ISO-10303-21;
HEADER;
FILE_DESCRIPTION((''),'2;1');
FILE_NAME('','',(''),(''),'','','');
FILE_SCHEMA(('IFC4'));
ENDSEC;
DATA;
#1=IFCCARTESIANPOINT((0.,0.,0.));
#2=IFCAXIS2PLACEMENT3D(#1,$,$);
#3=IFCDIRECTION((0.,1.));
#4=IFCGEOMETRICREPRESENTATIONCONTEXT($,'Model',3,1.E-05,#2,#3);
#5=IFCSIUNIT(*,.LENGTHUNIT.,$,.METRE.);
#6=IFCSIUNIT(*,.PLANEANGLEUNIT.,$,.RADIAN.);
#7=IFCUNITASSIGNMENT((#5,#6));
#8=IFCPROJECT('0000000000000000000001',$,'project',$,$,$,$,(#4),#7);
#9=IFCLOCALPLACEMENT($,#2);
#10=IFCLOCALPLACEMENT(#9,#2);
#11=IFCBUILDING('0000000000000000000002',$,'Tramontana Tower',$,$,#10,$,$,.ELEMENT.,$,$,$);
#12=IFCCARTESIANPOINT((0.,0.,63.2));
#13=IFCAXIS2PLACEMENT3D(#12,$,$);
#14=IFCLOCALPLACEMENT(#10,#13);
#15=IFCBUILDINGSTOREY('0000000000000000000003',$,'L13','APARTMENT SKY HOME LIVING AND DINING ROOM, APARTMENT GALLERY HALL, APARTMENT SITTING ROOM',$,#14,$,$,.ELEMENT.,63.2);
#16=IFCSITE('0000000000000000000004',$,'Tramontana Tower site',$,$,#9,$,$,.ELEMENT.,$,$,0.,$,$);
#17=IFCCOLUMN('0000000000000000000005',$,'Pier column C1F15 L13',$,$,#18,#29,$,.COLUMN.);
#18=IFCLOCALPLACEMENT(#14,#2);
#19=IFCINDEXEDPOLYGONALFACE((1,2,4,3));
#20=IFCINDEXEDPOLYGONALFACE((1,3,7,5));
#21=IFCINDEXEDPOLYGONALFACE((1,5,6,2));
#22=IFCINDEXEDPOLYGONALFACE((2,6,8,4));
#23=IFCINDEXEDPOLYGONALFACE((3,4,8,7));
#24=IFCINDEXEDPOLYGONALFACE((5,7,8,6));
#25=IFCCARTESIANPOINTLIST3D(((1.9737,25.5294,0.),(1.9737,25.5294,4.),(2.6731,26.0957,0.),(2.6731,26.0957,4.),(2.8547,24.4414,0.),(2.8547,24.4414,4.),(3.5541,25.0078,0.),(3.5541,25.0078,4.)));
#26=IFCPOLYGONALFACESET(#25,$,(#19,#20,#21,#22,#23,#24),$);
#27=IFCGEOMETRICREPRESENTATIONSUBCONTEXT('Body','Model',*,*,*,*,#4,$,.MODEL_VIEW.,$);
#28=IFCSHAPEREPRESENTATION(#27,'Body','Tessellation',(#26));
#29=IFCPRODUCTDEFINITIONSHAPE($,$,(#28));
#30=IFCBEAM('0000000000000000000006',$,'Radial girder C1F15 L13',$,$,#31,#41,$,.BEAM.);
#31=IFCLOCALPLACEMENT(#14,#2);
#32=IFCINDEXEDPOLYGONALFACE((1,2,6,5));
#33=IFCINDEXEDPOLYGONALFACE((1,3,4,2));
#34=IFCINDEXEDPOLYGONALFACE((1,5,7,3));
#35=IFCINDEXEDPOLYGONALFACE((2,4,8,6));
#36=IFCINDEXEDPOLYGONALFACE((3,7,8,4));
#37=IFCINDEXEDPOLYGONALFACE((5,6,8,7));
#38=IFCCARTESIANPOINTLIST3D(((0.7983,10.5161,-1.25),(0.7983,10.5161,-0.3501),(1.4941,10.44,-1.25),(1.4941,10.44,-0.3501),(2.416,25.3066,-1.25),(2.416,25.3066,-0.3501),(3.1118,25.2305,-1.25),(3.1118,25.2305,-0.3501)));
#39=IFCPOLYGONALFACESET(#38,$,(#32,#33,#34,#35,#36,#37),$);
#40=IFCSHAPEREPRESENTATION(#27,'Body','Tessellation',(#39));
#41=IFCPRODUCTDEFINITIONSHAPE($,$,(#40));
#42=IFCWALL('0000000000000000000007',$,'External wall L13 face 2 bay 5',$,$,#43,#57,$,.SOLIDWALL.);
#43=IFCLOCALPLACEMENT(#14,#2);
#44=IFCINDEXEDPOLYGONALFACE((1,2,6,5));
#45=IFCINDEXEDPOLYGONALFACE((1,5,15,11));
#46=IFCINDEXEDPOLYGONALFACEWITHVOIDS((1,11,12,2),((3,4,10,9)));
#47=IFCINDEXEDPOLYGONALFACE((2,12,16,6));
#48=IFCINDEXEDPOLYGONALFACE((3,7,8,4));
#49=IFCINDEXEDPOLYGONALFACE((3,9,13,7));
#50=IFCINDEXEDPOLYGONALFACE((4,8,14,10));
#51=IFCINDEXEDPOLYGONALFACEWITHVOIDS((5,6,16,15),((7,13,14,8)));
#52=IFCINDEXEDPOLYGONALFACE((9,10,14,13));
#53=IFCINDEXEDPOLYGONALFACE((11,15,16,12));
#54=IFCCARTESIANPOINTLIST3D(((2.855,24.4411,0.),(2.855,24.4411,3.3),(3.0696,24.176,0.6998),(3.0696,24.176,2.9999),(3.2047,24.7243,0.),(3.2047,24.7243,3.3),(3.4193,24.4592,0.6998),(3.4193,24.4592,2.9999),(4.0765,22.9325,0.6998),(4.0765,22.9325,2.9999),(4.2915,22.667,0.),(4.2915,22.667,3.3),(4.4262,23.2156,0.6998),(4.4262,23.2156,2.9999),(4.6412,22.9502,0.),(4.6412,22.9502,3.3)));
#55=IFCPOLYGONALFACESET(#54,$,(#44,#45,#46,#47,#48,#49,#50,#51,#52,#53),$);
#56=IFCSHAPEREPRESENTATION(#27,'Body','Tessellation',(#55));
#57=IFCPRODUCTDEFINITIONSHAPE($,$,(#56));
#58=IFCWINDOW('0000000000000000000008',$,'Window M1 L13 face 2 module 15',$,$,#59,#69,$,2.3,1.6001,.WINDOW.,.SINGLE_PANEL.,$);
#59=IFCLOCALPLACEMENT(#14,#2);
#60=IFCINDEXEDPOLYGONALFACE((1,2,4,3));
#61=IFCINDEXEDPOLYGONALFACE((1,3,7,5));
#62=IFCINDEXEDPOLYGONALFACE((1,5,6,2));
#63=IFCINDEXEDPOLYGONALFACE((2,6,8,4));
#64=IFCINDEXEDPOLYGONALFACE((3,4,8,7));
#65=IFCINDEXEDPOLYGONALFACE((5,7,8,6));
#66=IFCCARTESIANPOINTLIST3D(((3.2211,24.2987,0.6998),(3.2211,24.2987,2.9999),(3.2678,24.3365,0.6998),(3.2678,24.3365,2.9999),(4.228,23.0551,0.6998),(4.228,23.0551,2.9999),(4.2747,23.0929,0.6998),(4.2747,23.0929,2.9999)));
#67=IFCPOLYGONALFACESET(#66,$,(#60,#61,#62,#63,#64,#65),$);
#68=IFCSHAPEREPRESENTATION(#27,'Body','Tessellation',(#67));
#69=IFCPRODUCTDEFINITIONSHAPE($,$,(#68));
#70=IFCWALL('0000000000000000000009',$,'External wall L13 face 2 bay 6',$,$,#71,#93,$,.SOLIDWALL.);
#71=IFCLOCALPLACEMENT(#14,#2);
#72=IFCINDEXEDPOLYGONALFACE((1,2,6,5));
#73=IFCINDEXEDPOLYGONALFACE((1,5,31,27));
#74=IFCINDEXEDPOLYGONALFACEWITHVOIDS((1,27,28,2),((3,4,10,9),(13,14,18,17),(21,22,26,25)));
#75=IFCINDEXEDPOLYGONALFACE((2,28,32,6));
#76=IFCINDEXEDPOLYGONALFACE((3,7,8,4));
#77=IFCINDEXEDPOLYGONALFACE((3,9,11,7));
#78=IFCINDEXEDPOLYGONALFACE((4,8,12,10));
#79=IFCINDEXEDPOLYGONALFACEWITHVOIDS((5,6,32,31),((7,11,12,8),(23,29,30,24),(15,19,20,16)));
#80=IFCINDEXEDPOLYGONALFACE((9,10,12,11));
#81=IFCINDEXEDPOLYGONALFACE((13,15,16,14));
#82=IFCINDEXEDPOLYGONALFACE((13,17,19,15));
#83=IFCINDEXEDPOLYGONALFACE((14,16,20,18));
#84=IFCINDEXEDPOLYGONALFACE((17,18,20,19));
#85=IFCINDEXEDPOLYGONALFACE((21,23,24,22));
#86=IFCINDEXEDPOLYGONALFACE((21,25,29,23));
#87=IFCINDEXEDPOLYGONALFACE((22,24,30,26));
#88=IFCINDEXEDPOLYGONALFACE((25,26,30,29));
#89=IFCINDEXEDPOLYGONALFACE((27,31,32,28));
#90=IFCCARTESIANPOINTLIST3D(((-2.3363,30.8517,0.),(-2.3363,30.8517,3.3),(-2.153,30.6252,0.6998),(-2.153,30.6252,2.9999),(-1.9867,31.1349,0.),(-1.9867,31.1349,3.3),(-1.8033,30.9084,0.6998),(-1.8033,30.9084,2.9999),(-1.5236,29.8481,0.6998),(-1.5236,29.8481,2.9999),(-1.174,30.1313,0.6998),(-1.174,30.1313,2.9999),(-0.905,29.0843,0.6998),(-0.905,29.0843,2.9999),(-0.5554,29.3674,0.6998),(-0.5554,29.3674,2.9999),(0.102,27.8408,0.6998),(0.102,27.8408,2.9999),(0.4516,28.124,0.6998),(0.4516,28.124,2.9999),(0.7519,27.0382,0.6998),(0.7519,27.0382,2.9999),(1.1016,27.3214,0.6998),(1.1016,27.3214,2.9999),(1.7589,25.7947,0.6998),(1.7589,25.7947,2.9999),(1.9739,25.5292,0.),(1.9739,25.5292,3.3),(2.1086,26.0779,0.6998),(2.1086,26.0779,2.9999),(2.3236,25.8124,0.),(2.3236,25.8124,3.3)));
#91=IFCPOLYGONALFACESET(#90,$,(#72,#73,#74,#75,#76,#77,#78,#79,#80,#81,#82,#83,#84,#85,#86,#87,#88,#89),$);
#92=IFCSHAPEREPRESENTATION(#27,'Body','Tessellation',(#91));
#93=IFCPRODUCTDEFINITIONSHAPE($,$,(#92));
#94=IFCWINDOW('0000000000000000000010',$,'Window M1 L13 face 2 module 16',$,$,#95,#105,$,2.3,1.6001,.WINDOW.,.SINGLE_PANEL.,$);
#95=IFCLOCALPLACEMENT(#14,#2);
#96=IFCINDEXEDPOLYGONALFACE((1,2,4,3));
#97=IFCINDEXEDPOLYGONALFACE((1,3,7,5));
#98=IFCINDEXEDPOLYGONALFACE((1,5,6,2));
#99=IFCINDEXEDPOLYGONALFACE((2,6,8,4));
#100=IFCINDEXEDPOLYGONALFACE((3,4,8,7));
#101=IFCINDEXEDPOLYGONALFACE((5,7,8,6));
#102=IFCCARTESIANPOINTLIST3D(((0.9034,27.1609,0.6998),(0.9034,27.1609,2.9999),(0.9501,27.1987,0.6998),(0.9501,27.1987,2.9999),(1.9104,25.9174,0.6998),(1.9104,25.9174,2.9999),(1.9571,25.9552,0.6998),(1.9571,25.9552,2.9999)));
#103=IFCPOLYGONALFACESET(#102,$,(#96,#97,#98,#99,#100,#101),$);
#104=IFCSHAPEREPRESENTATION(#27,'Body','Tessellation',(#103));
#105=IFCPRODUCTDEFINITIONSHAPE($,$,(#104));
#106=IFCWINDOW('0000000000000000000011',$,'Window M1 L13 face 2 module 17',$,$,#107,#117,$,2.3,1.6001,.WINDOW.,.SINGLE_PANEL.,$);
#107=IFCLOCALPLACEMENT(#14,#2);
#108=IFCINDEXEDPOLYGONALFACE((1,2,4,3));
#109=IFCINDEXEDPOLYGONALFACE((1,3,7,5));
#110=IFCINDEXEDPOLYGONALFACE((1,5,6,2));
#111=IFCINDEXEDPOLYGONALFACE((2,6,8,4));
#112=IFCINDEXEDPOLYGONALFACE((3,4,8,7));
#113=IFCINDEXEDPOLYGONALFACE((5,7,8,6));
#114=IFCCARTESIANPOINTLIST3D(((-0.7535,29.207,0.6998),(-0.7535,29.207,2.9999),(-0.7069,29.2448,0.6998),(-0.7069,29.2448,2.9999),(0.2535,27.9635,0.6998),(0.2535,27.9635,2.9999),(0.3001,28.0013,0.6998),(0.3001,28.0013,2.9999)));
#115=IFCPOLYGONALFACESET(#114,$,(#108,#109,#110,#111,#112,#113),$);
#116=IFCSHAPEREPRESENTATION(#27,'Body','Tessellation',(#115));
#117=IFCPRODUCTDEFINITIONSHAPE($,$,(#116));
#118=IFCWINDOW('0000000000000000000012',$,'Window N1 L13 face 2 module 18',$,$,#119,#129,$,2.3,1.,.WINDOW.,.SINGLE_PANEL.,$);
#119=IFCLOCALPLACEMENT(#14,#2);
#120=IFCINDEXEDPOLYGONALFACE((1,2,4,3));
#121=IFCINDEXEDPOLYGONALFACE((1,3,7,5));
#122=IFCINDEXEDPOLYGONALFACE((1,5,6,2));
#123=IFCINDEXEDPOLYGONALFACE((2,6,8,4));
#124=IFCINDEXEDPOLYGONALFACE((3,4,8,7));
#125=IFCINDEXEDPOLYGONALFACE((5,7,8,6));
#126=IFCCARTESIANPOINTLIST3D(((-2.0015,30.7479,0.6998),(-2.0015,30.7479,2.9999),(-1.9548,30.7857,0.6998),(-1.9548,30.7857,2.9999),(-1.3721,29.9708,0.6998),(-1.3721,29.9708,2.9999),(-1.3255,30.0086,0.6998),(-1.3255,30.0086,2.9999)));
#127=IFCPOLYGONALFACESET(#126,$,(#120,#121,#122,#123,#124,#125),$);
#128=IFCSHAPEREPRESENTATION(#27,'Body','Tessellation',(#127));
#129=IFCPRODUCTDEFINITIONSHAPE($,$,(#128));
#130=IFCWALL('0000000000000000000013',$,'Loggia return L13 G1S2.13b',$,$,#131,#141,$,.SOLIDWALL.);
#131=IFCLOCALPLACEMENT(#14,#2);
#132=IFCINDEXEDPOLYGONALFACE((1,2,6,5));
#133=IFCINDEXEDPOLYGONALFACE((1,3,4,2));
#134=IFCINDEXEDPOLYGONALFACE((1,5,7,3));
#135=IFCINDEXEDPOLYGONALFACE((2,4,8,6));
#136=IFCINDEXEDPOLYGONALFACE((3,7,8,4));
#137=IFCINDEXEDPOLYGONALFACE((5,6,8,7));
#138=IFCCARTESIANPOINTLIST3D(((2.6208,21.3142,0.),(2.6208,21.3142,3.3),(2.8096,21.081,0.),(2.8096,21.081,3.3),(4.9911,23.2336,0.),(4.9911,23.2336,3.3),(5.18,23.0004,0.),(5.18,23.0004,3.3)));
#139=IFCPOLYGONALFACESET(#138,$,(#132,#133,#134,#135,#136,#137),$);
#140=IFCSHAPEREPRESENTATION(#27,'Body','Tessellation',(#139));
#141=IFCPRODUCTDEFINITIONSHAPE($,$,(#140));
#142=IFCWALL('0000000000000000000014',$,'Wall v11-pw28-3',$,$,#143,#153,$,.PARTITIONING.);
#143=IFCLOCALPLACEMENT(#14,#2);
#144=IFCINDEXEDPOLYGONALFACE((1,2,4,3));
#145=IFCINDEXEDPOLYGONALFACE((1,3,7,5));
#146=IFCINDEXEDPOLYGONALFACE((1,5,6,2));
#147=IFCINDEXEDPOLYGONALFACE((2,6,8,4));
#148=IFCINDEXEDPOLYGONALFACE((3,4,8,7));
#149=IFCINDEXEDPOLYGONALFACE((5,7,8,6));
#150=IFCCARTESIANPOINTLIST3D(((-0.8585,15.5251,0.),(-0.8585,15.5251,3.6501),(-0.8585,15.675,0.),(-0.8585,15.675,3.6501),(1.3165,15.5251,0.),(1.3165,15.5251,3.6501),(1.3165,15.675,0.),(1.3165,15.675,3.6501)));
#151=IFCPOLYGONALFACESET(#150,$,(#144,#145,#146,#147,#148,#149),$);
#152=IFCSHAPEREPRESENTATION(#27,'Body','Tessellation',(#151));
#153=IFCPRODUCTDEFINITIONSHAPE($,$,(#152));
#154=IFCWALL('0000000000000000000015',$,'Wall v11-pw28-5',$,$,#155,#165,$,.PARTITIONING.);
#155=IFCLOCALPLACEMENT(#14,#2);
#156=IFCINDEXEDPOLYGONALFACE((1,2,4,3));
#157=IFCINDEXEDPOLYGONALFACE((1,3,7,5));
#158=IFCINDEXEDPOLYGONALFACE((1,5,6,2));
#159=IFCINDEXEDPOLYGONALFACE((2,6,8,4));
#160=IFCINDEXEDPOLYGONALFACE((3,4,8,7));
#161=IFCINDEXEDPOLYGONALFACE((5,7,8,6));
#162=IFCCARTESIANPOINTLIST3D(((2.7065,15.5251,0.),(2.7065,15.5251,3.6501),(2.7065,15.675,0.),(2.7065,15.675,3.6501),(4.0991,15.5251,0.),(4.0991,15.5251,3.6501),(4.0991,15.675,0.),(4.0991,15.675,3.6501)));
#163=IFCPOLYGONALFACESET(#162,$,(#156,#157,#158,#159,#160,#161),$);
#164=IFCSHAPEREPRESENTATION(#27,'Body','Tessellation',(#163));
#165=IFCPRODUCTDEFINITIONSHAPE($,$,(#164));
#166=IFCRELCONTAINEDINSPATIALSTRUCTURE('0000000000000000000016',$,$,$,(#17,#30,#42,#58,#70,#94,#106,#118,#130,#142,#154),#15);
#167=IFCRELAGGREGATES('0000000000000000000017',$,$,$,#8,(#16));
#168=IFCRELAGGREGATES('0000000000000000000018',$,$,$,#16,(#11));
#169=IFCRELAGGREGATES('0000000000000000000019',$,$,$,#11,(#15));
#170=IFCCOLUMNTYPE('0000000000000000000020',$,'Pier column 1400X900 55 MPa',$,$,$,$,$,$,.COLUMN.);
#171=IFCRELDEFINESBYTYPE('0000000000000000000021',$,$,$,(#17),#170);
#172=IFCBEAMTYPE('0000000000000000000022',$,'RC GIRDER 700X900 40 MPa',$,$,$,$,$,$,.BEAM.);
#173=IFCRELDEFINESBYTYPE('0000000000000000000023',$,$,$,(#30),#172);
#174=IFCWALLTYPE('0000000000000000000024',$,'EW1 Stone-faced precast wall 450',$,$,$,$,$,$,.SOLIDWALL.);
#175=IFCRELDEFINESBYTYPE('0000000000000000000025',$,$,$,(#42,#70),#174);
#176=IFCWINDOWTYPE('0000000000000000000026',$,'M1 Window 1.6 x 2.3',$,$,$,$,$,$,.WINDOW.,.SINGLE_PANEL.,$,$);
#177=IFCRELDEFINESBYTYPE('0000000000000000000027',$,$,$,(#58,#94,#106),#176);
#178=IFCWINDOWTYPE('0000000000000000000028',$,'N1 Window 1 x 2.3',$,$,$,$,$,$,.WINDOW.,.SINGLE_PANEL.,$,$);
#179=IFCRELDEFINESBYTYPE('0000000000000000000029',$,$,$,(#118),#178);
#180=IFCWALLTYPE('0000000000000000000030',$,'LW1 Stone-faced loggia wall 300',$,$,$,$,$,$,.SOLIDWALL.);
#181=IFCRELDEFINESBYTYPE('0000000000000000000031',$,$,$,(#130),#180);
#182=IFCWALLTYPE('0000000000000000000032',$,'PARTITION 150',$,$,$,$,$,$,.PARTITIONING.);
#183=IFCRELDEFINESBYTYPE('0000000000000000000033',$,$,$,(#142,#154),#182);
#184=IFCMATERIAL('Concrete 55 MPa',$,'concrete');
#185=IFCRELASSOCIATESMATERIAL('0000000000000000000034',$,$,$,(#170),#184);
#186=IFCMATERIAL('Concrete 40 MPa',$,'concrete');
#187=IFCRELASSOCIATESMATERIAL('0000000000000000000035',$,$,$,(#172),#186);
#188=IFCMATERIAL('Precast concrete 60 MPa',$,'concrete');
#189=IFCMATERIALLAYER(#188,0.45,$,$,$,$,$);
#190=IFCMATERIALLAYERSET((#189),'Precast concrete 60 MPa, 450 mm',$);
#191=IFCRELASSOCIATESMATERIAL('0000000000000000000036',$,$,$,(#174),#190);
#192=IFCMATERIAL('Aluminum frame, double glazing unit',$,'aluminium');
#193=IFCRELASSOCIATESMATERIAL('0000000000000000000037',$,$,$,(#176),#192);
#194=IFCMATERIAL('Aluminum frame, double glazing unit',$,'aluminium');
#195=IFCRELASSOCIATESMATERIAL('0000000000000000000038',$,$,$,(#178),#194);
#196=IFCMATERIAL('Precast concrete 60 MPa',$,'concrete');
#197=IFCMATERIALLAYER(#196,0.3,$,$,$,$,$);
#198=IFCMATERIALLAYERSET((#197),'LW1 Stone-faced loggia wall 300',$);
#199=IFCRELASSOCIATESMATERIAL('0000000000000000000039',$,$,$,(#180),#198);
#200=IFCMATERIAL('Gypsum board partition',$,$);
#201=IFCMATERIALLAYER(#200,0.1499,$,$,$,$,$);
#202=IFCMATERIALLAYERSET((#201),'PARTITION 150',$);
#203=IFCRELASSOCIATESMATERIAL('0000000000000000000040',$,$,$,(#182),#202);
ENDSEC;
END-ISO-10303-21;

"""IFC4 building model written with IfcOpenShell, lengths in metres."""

from ifc_helpers import new_model, si_unit, direction, frame, frame_2d, origin, origin_2d, place, context, subcontext, project, spatial, rectangle, extrude, material, layer, layer_set, material_profile, profile_set, type_object, element, fill, save


model = new_model("IFC4")

# Units and contexts
model_context = context("Model", 3, precision=1e-05, world=origin(), true_north=direction((0.0, 1.0)))
body_context = subcontext(model_context, "Body", "Model", "MODEL_VIEW")
ifc_project = project(units=[si_unit("LENGTHUNIT", "METRE"), si_unit("PLANEANGLEUNIT", "RADIAN")], contexts=[model_context])

# Site, building, storey
site_placement = place(None, origin())
site = spatial("IfcSite", under=ifc_project, at=site_placement, Name="Tramontana Tower site", CompositionType="ELEMENT", RefElevation=0.0)
building_placement = place(site_placement, origin())
building = spatial("IfcBuilding", under=site, at=building_placement, Name="Tramontana Tower", CompositionType="ELEMENT")
storey_placement = place(building_placement, frame((0.0, 0.0, 63.2)))
storey = spatial("IfcBuildingStorey", under=building, at=storey_placement, Name="L13", Description="APARTMENT SKY HOME LIVING AND DINING ROOM, APARTMENT GALLERY HALL, APARTMENT SITTING ROOM", CompositionType="ELEMENT", Elevation=63.2)

# Column
ifc_material_1 = material(Name="Concrete 55 MPa", Category="concrete")
ifc_material_profile_1 = material_profile(ifc_material_1, rectangle(XDim=1.3999, YDim=0.8999, at=origin_2d()), Name="Pier column 1400X900 55 MPa")
ifc_profile_set_1 = profile_set([ifc_material_profile_1], Name="Concrete 55 MPa")
column_type = type_object("IfcColumnType", Name="Pier column 1400X900 55 MPa", PredefinedType="COLUMN", material=ifc_profile_set_1)
column_placement = place(storey_placement, frame((2.7639, 25.2686, 0.0), z_axis=(0.0, 0.0, 1.0), x_axis=(-0.62932, 0.777146, 0.0)))
element("IfcColumn", 1, at=column_placement, inside=storey, type_object=column_type, Name="Pier column C1F15 L13", PredefinedType="COLUMN", context=body_context, shape_type="SweptSolid", body=[
    extrude(rectangle(XDim=1.3999, YDim=0.8999, at=origin_2d()), origin(), (0.0, 0.0, 1.0), 4.0),
])

# Beam
ifc_material_2 = material(Name="Concrete 40 MPa", Category="concrete")
ifc_material_profile_2 = material_profile(ifc_material_2, rectangle(XDim=0.7, YDim=0.8999, at=origin_2d()), Name="RC GIRDER 700X900 40 MPa")
ifc_profile_set_2 = profile_set([ifc_material_profile_2], Name="Concrete 40 MPa")
beam_type = type_object("IfcBeamType", Name="RC GIRDER 700X900 40 MPa", PredefinedType="BEAM", material=ifc_profile_set_2)
beam_placement = place(storey_placement, frame((2.7639, 25.2686, -0.8), z_axis=(-0.108724, -0.994072, 0.0), x_axis=(0.994072, -0.108724, 0.0)))
element("IfcBeam", 2, at=beam_placement, inside=storey, type_object=beam_type, Name="Radial girder C1F15 L13", PredefinedType="BEAM", context=body_context, shape_type="SweptSolid", body=[
    extrude(rectangle(XDim=0.7, YDim=0.8999, at=origin_2d()), origin(), (0.0, 0.0, 1.0), 14.8787),
])

# Wall, opening, window
ifc_material_3 = material(Name="Precast concrete 60 MPa", Category="concrete")
ifc_layer_1 = layer(ifc_material_3, 0.45)
ifc_layer_set_1 = layer_set([ifc_layer_1], Name="Precast concrete 60 MPa, 450 mm")
wall_type_1 = type_object("IfcWallType", Name="EW1 Stone-faced precast wall 450", PredefinedType="SOLIDWALL", material=ifc_layer_set_1)
wall_1_placement = place(storey_placement, frame((4.4663, 22.8086, 0.0), z_axis=(0.0, 0.0, 1.0), x_axis=(-0.629275, 0.777183, 0.0)))
wall_1 = element("IfcWall", 3, at=wall_1_placement, inside=storey, type_object=wall_type_1, Name="External wall L13 face 2 bay 5", PredefinedType="SOLIDWALL", context=body_context, shape_type="SweptSolid", body=[
    extrude(rectangle(XDim=2.2827, YDim=0.45, at=frame_2d((1.1414, 0.0))), origin(), (0.0, 0.0, 1.0), 3.3),
])
opening_1_placement = place(wall_1_placement, frame((0.3416, 0.0, 0.7)))
opening_1 = element("IfcOpeningElement", 4, at=opening_1_placement, cuts=wall_1, PredefinedType="OPENING", context=body_context, shape_type="SweptSolid", body=[
    extrude(rectangle(XDim=1.6001, YDim=2.3, at=frame_2d((0.8, 1.1499))), frame((0.0, 0.2349, 0.0), z_axis=(0.0, -1.0, 0.0), x_axis=(1.0, 0.0, 0.0)), (0.0, 0.0, 1.0), 0.47),
])
ifc_material_4 = material(Name="Aluminum frame, double glazing unit", Category="aluminium")
window_type_1 = type_object("IfcWindowType", Name="M1 Window 1.6 x 2.3", PartitioningType="SINGLE_PANEL", PredefinedType="WINDOW", material=ifc_material_4)
window_1_placement = place(opening_1_placement, origin())
window_1 = element("IfcWindow", 5, at=window_1_placement, inside=storey, type_object=window_type_1, Name="Window M1 L13 face 2 module 15", OverallHeight=2.3, OverallWidth=1.6001, PartitioningType="SINGLE_PANEL", PredefinedType="WINDOW", context=body_context, shape_type="SweptSolid", body=[
    extrude(rectangle(XDim=1.6001, YDim=2.3, at=frame_2d((0.8, 1.1499))), frame((0.0, 0.03, 0.0), z_axis=(0.0, -1.0, 0.0), x_axis=(1.0, 0.0, 0.0)), (0.0, 0.0, 1.0), 0.0601),
])
fill(opening_1, window_1)

# Wall, openings, windows
wall_2_placement = place(storey_placement, frame((2.1487, 25.6709, 0.0), z_axis=(0.0, 0.0, 1.0), x_axis=(-0.62934, 0.77713, 0.0)))
wall_2 = element("IfcWall", 6, at=wall_2_placement, inside=storey, type_object=wall_type_1, Name="External wall L13 face 2 bay 6", PredefinedType="SOLIDWALL", context=body_context, shape_type="SweptSolid", body=[
    extrude(rectangle(XDim=6.8489, YDim=0.45, at=frame_2d((3.4243, 0.0))), origin(), (0.0, 0.0, 1.0), 3.3),
])
opening_2_placement = place(wall_2_placement, frame((0.3416, 0.0, 0.7)))
opening_2 = element("IfcOpeningElement", 7, at=opening_2_placement, cuts=wall_2, PredefinedType="OPENING", context=body_context, shape_type="SweptSolid", body=[
    extrude(rectangle(XDim=1.6001, YDim=2.3, at=frame_2d((0.8, 1.1499))), frame((0.0, 0.2349, 0.0), z_axis=(0.0, -1.0, 0.0), x_axis=(1.0, 0.0, 0.0)), (0.0, 0.0, 1.0), 0.47),
])
opening_3_placement = place(wall_2_placement, frame((2.9744, 0.0, 0.7)))
opening_3 = element("IfcOpeningElement", 8, at=opening_3_placement, cuts=wall_2, PredefinedType="OPENING", context=body_context, shape_type="SweptSolid", body=[
    extrude(rectangle(XDim=1.6001, YDim=2.3, at=frame_2d((0.8, 1.1499))), frame((0.0, 0.2349, 0.0), z_axis=(0.0, -1.0, 0.0), x_axis=(1.0, 0.0, 0.0)), (0.0, 0.0, 1.0), 0.47),
])
opening_4_placement = place(wall_2_placement, frame((5.5574, 0.0, 0.7)))
opening_4 = element("IfcOpeningElement", 9, at=opening_4_placement, cuts=wall_2, PredefinedType="OPENING", context=body_context, shape_type="SweptSolid", body=[
    extrude(rectangle(XDim=1.0, YDim=2.3, at=frame_2d((0.5, 1.1499))), frame((0.0, 0.2349, 0.0), z_axis=(0.0, -1.0, 0.0), x_axis=(1.0, 0.0, 0.0)), (0.0, 0.0, 1.0), 0.47),
])
window_2_placement = place(opening_2_placement, origin())
window_2 = element("IfcWindow", 10, at=window_2_placement, inside=storey, type_object=window_type_1, Name="Window M1 L13 face 2 module 16", OverallHeight=2.3, OverallWidth=1.6001, PartitioningType="SINGLE_PANEL", PredefinedType="WINDOW", context=body_context, shape_type="SweptSolid", body=[
    extrude(rectangle(XDim=1.6001, YDim=2.3, at=frame_2d((0.8, 1.1499))), frame((0.0, 0.03, 0.0), z_axis=(0.0, -1.0, 0.0), x_axis=(1.0, 0.0, 0.0)), (0.0, 0.0, 1.0), 0.0601),
])
fill(opening_2, window_2)
window_3_placement = place(opening_3_placement, origin())
window_3 = element("IfcWindow", 11, at=window_3_placement, inside=storey, type_object=window_type_1, Name="Window M1 L13 face 2 module 17", OverallHeight=2.3, OverallWidth=1.6001, PartitioningType="SINGLE_PANEL", PredefinedType="WINDOW", context=body_context, shape_type="SweptSolid", body=[
    extrude(rectangle(XDim=1.6001, YDim=2.3, at=frame_2d((0.8, 1.1499))), frame((0.0, 0.03, 0.0), z_axis=(0.0, -1.0, 0.0), x_axis=(1.0, 0.0, 0.0)), (0.0, 0.0, 1.0), 0.0601),
])
fill(opening_3, window_3)
ifc_material_5 = material(Name="Aluminum frame, double glazing unit", Category="aluminium")
window_type_2 = type_object("IfcWindowType", Name="N1 Window 1 x 2.3", PartitioningType="SINGLE_PANEL", PredefinedType="WINDOW", material=ifc_material_5)
window_4_placement = place(opening_4_placement, origin())
window_4 = element("IfcWindow", 12, at=window_4_placement, inside=storey, type_object=window_type_2, Name="Window N1 L13 face 2 module 18", OverallHeight=2.3, OverallWidth=1.0, PartitioningType="SINGLE_PANEL", PredefinedType="WINDOW", context=body_context, shape_type="SweptSolid", body=[
    extrude(rectangle(XDim=1.0, YDim=2.3, at=frame_2d((0.5, 1.1499))), frame((0.0, 0.03, 0.0), z_axis=(0.0, -1.0, 0.0), x_axis=(1.0, 0.0, 0.0)), (0.0, 0.0, 1.0), 0.0601),
])
fill(opening_4, window_4)

# Shared definitions
ifc_material_6 = material(Name="Precast concrete 60 MPa", Category="concrete")
ifc_layer_2 = layer(ifc_material_6, 0.3)
ifc_layer_set_2 = layer_set([ifc_layer_2], Name="LW1 Stone-faced loggia wall 300")
wall_type_2 = type_object("IfcWallType", Name="LW1 Stone-faced loggia wall 300", PredefinedType="SOLIDWALL", material=ifc_layer_set_2)

# Walls
wall_3_placement = place(storey_placement, frame((5.0854, 23.1169, 0.0), z_axis=(0.0, 0.0, 1.0), x_axis=(-0.777154, -0.629311, 0.0)))
element("IfcWall", 13, at=wall_3_placement, inside=storey, type_object=wall_type_2, Name="Loggia return L13 G1S2.13b", PredefinedType="SOLIDWALL", context=body_context, shape_type="SweptSolid", body=[
    extrude(rectangle(XDim=3.05, YDim=0.3, at=frame_2d((1.5249, 0.0))), origin(), (0.0, 0.0, 1.0), 3.3),
])
ifc_material_7 = material(Name="Gypsum board partition")
ifc_layer_3 = layer(ifc_material_7, 0.1499)
ifc_layer_set_3 = layer_set([ifc_layer_3], Name="PARTITION 150")
wall_type_3 = type_object("IfcWallType", Name="PARTITION 150", PredefinedType="PARTITIONING", material=ifc_layer_set_3)
wall_4_placement = place(storey_placement, frame((-0.8584, 15.6001, 0.0), z_axis=(0.0, 0.0, 1.0), x_axis=(1.0, 0.0, 0.0)))
element("IfcWall", 14, at=wall_4_placement, inside=storey, type_object=wall_type_3, Name="Wall v11-pw28-3", PredefinedType="PARTITIONING", context=body_context, shape_type="SweptSolid", body=[
    extrude(rectangle(XDim=2.175, YDim=0.1499, at=frame_2d((1.0874, 0.0))), origin(), (0.0, 0.0, 1.0), 3.6501),
])

# Wall
wall_5_placement = place(storey_placement, frame((2.7065, 15.6001, 0.0), z_axis=(0.0, 0.0, 1.0), x_axis=(1.0, 0.0, 0.0)))
element("IfcWall", 15, at=wall_5_placement, inside=storey, type_object=wall_type_3, Name="Wall v11-pw28-5", PredefinedType="PARTITIONING", context=body_context, shape_type="SweptSolid", body=[
    extrude(rectangle(XDim=1.3926, YDim=0.1499, at=frame_2d((0.6963, 0.0))), origin(), (0.0, 0.0, 1.0), 3.6501),
])

save(model, "model.ifc")
